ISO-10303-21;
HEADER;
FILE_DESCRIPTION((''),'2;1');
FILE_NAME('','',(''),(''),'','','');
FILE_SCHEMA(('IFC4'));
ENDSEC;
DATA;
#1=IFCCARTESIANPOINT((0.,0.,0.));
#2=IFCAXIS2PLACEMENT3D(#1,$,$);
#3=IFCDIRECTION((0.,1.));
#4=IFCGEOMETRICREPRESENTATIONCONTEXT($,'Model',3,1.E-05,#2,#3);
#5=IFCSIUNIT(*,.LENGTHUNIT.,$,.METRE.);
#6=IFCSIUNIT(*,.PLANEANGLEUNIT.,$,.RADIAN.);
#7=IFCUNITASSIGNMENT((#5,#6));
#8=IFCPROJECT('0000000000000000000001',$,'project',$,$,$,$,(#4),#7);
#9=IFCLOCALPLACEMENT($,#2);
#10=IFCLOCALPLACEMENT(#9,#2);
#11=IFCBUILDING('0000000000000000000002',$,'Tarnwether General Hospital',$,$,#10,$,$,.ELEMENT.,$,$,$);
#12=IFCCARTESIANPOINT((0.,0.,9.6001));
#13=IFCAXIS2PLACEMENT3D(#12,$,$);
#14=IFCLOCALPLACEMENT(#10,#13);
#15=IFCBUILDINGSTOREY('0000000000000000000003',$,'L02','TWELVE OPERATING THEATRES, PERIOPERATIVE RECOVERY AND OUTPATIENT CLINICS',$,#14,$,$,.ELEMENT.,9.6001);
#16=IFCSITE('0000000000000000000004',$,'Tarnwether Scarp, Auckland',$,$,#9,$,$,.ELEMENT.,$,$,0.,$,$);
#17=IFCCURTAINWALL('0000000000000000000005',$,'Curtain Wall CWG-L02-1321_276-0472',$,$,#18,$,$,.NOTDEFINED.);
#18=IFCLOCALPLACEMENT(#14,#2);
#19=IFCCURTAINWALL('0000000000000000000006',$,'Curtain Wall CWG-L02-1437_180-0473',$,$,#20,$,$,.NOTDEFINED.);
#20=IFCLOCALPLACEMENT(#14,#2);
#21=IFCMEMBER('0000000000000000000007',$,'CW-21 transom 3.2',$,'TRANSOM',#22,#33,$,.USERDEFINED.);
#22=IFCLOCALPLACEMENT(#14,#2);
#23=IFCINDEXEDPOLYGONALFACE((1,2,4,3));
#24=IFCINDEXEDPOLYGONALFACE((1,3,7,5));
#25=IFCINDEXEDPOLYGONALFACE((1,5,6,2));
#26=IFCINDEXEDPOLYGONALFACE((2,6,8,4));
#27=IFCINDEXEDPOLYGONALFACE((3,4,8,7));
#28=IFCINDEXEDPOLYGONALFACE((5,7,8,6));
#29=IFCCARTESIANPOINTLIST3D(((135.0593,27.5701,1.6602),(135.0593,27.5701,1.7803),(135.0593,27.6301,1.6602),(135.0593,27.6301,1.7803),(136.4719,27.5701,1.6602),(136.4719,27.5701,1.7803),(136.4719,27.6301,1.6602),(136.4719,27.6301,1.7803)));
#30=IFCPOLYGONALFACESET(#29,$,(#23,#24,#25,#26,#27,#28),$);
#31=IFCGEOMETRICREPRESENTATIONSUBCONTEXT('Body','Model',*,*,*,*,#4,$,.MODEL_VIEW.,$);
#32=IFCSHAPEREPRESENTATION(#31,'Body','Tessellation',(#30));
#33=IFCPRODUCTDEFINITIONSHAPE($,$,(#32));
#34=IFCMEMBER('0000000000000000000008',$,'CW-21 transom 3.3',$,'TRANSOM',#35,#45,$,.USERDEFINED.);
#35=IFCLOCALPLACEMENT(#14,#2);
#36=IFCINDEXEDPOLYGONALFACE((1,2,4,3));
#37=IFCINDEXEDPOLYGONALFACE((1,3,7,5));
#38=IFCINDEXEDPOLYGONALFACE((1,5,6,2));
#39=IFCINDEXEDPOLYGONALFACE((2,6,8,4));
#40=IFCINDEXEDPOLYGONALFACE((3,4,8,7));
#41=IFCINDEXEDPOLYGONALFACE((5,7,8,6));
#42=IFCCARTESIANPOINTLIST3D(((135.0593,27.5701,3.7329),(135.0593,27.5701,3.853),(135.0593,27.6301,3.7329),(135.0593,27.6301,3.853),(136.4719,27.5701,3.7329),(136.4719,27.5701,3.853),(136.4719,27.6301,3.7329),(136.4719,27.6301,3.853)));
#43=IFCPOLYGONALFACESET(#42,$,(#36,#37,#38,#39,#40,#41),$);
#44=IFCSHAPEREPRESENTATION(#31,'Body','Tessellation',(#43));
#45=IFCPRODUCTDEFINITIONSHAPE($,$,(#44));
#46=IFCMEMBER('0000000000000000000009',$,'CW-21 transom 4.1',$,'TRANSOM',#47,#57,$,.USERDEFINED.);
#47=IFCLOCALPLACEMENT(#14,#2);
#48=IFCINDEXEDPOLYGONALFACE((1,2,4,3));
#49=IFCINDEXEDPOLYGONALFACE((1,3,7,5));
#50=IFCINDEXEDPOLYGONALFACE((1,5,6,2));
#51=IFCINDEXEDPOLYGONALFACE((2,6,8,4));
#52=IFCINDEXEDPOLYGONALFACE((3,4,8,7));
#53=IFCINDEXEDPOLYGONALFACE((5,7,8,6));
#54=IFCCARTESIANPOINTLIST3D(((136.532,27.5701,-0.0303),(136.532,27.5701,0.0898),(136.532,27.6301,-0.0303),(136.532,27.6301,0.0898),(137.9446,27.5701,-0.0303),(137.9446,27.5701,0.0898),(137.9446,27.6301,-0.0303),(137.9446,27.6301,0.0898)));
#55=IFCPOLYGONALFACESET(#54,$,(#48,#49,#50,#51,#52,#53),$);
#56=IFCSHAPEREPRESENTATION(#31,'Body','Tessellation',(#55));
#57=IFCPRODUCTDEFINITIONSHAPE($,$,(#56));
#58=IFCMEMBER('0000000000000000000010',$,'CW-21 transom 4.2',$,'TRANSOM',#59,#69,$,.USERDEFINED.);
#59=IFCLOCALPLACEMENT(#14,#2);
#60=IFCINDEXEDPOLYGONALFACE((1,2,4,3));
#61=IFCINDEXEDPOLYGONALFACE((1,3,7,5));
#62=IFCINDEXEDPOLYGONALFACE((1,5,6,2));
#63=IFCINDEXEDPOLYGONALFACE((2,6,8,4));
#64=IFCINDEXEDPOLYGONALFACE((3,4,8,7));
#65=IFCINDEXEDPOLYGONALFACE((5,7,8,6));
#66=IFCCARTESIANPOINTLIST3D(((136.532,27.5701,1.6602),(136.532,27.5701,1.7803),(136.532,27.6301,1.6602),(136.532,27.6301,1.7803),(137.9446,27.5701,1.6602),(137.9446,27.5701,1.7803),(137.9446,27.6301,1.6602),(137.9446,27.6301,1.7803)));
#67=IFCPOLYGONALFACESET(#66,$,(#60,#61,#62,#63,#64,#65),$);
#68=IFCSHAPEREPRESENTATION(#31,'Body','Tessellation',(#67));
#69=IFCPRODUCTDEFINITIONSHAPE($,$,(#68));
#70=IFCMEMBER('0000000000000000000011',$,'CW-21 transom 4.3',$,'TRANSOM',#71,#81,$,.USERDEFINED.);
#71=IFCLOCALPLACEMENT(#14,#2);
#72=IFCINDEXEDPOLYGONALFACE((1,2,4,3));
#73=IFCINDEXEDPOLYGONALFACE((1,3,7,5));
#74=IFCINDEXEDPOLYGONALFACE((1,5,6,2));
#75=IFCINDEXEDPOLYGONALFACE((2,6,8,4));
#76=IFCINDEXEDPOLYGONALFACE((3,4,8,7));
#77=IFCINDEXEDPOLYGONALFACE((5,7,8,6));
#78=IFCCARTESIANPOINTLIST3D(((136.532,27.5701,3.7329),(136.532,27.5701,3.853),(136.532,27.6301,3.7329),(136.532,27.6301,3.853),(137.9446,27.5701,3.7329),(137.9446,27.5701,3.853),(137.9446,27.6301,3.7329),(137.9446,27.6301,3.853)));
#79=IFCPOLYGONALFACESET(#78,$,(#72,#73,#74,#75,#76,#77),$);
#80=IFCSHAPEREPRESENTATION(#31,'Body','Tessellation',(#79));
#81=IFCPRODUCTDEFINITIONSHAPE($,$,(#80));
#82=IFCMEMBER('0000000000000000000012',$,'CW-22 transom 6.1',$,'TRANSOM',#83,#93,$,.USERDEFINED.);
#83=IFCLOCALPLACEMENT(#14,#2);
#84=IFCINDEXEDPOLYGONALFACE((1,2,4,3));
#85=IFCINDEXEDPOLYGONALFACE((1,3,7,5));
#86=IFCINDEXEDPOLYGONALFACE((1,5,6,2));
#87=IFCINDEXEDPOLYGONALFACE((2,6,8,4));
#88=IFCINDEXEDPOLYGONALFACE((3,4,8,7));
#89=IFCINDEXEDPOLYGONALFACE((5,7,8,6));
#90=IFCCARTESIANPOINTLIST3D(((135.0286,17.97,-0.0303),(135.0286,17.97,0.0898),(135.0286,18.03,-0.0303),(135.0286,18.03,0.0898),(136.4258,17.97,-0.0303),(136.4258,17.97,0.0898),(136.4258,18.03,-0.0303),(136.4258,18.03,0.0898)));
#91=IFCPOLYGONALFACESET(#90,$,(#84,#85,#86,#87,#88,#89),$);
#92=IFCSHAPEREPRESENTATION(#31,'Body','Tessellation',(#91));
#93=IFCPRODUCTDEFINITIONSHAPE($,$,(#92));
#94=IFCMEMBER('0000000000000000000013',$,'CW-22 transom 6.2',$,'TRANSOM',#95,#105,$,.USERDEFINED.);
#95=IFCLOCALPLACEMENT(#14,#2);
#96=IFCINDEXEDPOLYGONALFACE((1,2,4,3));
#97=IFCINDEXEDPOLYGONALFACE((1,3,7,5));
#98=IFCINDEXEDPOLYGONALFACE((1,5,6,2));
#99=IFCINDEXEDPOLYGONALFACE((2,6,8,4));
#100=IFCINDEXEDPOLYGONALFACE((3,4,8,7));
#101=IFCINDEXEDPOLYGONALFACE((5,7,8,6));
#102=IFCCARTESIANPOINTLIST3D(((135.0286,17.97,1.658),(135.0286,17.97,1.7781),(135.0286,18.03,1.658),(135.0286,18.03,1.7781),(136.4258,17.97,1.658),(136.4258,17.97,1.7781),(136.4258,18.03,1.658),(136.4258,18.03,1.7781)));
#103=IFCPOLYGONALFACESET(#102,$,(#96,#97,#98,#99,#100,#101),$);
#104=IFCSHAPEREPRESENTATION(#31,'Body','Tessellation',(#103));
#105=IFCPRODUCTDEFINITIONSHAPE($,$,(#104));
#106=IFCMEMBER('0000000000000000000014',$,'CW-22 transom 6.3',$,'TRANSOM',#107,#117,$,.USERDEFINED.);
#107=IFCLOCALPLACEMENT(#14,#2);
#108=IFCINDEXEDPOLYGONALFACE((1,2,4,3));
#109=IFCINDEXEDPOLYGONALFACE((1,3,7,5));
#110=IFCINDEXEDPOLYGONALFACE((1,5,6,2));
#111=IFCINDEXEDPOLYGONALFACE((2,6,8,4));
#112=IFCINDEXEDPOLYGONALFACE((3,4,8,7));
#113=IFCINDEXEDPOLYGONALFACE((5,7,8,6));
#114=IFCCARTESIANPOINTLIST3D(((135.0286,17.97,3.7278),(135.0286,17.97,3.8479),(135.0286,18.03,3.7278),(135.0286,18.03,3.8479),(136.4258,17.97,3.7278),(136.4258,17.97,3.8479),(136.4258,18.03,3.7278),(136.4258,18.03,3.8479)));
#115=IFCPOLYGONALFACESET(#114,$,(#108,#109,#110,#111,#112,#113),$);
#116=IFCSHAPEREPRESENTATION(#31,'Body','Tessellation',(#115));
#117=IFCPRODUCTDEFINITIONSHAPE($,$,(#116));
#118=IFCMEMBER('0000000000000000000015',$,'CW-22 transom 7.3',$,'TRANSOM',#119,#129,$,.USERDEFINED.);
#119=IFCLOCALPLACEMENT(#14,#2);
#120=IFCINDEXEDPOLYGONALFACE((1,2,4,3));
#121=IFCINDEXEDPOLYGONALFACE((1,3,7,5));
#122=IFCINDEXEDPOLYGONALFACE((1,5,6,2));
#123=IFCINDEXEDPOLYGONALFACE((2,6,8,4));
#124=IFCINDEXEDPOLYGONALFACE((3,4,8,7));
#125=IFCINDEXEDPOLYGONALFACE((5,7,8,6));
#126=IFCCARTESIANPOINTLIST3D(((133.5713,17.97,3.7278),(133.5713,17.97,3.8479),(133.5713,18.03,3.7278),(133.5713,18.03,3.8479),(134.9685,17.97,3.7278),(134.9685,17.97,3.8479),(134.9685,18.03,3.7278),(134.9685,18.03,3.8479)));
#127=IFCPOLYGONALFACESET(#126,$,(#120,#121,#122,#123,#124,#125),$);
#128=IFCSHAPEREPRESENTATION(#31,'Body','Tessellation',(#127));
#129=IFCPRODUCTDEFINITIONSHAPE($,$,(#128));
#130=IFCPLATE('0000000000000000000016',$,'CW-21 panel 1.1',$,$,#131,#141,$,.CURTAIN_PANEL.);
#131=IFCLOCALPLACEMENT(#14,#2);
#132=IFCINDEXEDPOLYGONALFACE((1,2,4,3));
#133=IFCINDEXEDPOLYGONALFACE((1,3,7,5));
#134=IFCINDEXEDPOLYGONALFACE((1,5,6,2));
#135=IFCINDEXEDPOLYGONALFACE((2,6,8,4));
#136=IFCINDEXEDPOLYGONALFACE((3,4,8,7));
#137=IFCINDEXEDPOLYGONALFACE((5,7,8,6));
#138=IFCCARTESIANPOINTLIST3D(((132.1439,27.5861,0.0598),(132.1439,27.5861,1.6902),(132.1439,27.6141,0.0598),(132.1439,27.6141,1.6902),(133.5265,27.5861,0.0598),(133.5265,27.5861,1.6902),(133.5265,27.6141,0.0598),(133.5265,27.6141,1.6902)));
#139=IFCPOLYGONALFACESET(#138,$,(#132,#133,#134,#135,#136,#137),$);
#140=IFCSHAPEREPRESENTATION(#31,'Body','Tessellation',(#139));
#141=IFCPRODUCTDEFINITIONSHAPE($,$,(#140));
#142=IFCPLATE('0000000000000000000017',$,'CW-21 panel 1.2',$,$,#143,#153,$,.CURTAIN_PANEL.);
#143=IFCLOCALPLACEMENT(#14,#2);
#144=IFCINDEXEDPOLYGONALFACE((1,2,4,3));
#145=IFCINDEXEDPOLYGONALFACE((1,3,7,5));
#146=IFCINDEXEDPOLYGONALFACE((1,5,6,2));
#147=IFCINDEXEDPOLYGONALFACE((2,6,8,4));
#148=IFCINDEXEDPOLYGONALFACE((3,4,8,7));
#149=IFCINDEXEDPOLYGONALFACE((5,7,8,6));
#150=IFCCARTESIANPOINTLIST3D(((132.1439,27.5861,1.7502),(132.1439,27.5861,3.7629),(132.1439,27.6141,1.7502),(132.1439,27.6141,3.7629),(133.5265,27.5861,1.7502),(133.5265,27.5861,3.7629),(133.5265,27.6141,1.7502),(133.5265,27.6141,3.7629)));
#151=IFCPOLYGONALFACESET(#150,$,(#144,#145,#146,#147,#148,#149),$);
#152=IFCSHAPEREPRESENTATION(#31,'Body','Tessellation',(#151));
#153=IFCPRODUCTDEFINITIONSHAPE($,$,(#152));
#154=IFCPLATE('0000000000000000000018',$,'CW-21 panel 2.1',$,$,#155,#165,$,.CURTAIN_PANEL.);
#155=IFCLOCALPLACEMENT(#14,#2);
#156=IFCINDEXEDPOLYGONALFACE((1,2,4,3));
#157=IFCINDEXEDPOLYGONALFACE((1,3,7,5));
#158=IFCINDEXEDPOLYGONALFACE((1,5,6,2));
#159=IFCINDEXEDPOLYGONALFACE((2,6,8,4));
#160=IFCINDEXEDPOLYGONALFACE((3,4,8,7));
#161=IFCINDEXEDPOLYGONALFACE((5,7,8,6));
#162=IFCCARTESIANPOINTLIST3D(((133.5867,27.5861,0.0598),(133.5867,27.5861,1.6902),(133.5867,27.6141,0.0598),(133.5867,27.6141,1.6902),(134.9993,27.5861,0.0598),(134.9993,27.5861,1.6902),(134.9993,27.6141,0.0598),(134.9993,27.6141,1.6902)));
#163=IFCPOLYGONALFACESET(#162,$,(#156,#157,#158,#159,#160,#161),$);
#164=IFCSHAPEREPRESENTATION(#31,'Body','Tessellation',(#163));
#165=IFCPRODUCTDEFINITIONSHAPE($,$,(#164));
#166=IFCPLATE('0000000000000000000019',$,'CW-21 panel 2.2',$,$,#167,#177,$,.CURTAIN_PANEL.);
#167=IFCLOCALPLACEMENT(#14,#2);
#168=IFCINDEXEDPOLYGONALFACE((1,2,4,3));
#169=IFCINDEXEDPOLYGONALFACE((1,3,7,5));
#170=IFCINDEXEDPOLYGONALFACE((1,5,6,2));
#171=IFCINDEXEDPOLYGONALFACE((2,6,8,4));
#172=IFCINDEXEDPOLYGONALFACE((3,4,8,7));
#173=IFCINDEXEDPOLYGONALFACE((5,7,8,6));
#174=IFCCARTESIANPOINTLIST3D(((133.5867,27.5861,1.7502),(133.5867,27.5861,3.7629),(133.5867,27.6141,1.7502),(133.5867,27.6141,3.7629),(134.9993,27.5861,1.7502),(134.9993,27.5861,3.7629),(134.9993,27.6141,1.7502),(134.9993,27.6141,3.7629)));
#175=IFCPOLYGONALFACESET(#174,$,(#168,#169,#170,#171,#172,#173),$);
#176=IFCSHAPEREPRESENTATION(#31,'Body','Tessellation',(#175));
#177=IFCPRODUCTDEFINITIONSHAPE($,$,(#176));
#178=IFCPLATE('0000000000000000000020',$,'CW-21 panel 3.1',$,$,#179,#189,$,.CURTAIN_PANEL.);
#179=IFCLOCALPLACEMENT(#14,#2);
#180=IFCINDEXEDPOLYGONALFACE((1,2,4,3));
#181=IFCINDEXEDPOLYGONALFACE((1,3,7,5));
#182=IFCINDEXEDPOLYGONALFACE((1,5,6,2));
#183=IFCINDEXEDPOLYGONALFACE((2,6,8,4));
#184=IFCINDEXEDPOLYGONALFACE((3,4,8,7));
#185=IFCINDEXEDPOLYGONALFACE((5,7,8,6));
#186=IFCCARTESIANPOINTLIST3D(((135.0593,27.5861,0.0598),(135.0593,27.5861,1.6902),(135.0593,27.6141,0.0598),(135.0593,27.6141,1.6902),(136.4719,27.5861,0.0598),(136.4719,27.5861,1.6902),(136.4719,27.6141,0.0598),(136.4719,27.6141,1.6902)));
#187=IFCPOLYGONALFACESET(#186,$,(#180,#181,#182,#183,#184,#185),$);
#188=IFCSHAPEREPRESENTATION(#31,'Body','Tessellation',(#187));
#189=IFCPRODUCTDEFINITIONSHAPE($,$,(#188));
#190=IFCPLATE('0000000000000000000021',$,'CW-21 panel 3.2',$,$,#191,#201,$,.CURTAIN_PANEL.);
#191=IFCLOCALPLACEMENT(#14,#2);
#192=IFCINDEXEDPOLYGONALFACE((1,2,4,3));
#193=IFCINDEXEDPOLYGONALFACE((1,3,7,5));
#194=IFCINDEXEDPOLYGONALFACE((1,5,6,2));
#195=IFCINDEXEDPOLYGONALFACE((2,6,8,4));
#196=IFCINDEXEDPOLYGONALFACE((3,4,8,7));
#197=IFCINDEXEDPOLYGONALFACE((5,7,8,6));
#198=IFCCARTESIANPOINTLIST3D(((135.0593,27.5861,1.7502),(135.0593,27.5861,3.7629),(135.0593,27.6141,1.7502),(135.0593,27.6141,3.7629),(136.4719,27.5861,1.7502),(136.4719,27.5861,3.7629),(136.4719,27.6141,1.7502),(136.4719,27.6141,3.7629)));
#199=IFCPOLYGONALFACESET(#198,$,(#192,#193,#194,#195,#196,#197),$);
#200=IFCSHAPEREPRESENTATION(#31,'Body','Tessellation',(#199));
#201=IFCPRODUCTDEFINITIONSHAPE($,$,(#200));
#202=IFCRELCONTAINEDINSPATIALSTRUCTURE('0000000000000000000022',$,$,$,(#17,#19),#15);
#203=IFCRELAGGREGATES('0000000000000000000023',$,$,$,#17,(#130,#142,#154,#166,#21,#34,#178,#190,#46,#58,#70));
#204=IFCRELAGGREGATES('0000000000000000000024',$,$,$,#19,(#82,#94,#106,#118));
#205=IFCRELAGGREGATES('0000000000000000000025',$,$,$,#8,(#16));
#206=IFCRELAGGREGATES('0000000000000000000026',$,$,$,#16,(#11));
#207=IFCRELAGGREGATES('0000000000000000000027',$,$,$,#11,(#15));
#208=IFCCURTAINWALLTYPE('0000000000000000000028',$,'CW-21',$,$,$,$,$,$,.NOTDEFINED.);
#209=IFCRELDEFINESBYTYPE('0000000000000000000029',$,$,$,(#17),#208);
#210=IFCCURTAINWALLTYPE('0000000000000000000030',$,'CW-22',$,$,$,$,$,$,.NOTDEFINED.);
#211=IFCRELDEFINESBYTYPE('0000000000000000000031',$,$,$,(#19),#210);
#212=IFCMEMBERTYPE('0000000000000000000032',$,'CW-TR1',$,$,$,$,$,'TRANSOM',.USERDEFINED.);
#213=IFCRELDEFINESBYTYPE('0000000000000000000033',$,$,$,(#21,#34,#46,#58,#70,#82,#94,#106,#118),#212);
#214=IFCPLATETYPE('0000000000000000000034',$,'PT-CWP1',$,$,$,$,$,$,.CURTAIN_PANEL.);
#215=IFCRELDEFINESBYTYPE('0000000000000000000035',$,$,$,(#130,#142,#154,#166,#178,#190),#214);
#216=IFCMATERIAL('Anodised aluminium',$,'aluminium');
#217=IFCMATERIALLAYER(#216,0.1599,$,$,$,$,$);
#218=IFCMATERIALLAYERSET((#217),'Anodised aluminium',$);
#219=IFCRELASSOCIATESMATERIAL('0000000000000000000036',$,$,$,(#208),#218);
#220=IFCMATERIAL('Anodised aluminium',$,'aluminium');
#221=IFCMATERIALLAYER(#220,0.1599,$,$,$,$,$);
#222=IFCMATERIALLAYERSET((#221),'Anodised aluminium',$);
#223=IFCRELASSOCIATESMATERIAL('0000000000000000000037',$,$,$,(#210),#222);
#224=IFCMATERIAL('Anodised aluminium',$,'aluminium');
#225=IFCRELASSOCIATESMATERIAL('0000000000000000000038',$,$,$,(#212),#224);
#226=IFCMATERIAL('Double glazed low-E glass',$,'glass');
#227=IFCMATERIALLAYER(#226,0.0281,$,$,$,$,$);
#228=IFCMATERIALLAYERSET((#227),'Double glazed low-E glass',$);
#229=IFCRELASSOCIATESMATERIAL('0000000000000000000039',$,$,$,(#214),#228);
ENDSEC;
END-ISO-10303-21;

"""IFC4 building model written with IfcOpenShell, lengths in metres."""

from ifc_helpers import new_model, si_unit, direction, frame, origin, origin_2d, place, context, subcontext, project, spatial, rectangle, extrude, material, layer, layer_set, material_profile, profile_set, type_object, element, aggregate, save


model = new_model("IFC4")

# Units and contexts
model_context = context("Model", 3, precision=1e-05, world=origin(), true_north=direction((0.0, 1.0)))
body_context = subcontext(model_context, "Body", "Model", "MODEL_VIEW")
ifc_project = project(units=[si_unit("LENGTHUNIT", "METRE"), si_unit("PLANEANGLEUNIT", "RADIAN")], contexts=[model_context])

# Site, building, storey
site_placement = place(None, origin())
site = spatial("IfcSite", under=ifc_project, at=site_placement, Name="Tarnwether Scarp, Auckland", CompositionType="ELEMENT", RefElevation=0.0)
building_placement = place(site_placement, origin())
building = spatial("IfcBuilding", under=site, at=building_placement, Name="Tarnwether General Hospital", CompositionType="ELEMENT")
storey_placement = place(building_placement, frame((0.0, 0.0, 9.6001)))
storey = spatial("IfcBuildingStorey", under=building, at=storey_placement, Name="L02", Description="TWELVE OPERATING THEATRES, PERIOPERATIVE RECOVERY AND OUTPATIENT CLINICS", CompositionType="ELEMENT", Elevation=9.6001)

# Curtain walls
ifc_material_1 = material(Name="Anodised aluminium", Category="aluminium")
ifc_layer_1 = layer(ifc_material_1, 0.1599)
ifc_layer_set_1 = layer_set([ifc_layer_1], Name="Anodised aluminium")
curtain_wall_type_1 = type_object("IfcCurtainWallType", Name="CW-21", PredefinedType="NOTDEFINED", material=ifc_layer_set_1)
curtain_wall_1_placement = place(storey_placement, origin())
curtain_wall_1 = element("IfcCurtainWall", 1, at=curtain_wall_1_placement, inside=storey, type_object=curtain_wall_type_1, Name="Curtain Wall CWG-L02-1321_276-0472", PredefinedType="NOTDEFINED")
ifc_material_2 = material(Name="Anodised aluminium", Category="aluminium")
ifc_layer_2 = layer(ifc_material_2, 0.1599)
ifc_layer_set_2 = layer_set([ifc_layer_2], Name="Anodised aluminium")
curtain_wall_type_2 = type_object("IfcCurtainWallType", Name="CW-22", PredefinedType="NOTDEFINED", material=ifc_layer_set_2)
curtain_wall_2_placement = place(storey_placement, origin())
curtain_wall_2 = element("IfcCurtainWall", 2, at=curtain_wall_2_placement, inside=storey, type_object=curtain_wall_type_2, Name="Curtain Wall CWG-L02-1437_180-0473", PredefinedType="NOTDEFINED")

# Members
ifc_material_3 = material(Name="Anodised aluminium", Category="aluminium")
ifc_material_profile_1 = material_profile(ifc_material_3, rectangle(XDim=0.0601, YDim=0.1201, at=origin_2d()), Name="ALU-TRN-60x120")
ifc_profile_set_1 = profile_set([ifc_material_profile_1], Name="Anodised aluminium")
member_type_1 = type_object("IfcMemberType", Name="CW-TR1", ElementType="TRANSOM", PredefinedType="USERDEFINED", material=ifc_profile_set_1)
member_1_placement = place(storey_placement, frame((135.0593, 27.6001, 1.7202), z_axis=(1.0, 0.0, 0.0), x_axis=(0.0, 1.0, 0.0)))
member_1 = element("IfcMember", 3, at=member_1_placement, type_object=member_type_1, Name="CW-21 transom 3.2", ObjectType="TRANSOM", PredefinedType="USERDEFINED", context=body_context, shape_type="SweptSolid", body=[
    extrude(rectangle(XDim=0.0601, YDim=0.1201, at=origin_2d()), origin(), (0.0, 0.0, 1.0), 1.4126),
])
member_2_placement = place(storey_placement, frame((135.0593, 27.6001, 3.793), z_axis=(1.0, 0.0, 0.0), x_axis=(0.0, 1.0, 0.0)))
member_2 = element("IfcMember", 4, at=member_2_placement, type_object=member_type_1, Name="CW-21 transom 3.3", ObjectType="TRANSOM", PredefinedType="USERDEFINED", context=body_context, shape_type="SweptSolid", body=[
    extrude(rectangle(XDim=0.0601, YDim=0.1201, at=origin_2d()), origin(), (0.0, 0.0, 1.0), 1.4126),
])
member_3_placement = place(storey_placement, frame((136.532, 27.6001, 0.0298), z_axis=(1.0, 0.0, 0.0), x_axis=(0.0, 1.0, 0.0)))
member_3 = element("IfcMember", 5, at=member_3_placement, type_object=member_type_1, Name="CW-21 transom 4.1", ObjectType="TRANSOM", PredefinedType="USERDEFINED", context=body_context, shape_type="SweptSolid", body=[
    extrude(rectangle(XDim=0.0601, YDim=0.1201, at=origin_2d()), origin(), (0.0, 0.0, 1.0), 1.4126),
])
member_4_placement = place(storey_placement, frame((136.532, 27.6001, 1.7202), z_axis=(1.0, 0.0, 0.0), x_axis=(0.0, 1.0, 0.0)))
member_4 = element("IfcMember", 6, at=member_4_placement, type_object=member_type_1, Name="CW-21 transom 4.2", ObjectType="TRANSOM", PredefinedType="USERDEFINED", context=body_context, shape_type="SweptSolid", body=[
    extrude(rectangle(XDim=0.0601, YDim=0.1201, at=origin_2d()), origin(), (0.0, 0.0, 1.0), 1.4126),
])
member_5_placement = place(storey_placement, frame((136.532, 27.6001, 3.793), z_axis=(1.0, 0.0, 0.0), x_axis=(0.0, 1.0, 0.0)))
member_5 = element("IfcMember", 7, at=member_5_placement, type_object=member_type_1, Name="CW-21 transom 4.3", ObjectType="TRANSOM", PredefinedType="USERDEFINED", context=body_context, shape_type="SweptSolid", body=[
    extrude(rectangle(XDim=0.0601, YDim=0.1201, at=origin_2d()), origin(), (0.0, 0.0, 1.0), 1.4126),
])
member_6_placement = place(storey_placement, frame((136.4258, 18.0, 0.0298), z_axis=(-1.0, 0.0, 0.0), x_axis=(0.0, -1.0, 0.0)))
member_6 = element("IfcMember", 8, at=member_6_placement, type_object=member_type_1, Name="CW-22 transom 6.1", ObjectType="TRANSOM", PredefinedType="USERDEFINED", context=body_context, shape_type="SweptSolid", body=[
    extrude(rectangle(XDim=0.0601, YDim=0.1201, at=origin_2d()), origin(), (0.0, 0.0, 1.0), 1.3972),
])
member_7_placement = place(storey_placement, frame((136.4258, 18.0, 1.718), z_axis=(-1.0, 0.0, 0.0), x_axis=(0.0, -1.0, 0.0)))
member_7 = element("IfcMember", 9, at=member_7_placement, type_object=member_type_1, Name="CW-22 transom 6.2", ObjectType="TRANSOM", PredefinedType="USERDEFINED", context=body_context, shape_type="SweptSolid", body=[
    extrude(rectangle(XDim=0.0601, YDim=0.1201, at=origin_2d()), origin(), (0.0, 0.0, 1.0), 1.3972),
])
member_8_placement = place(storey_placement, frame((136.4258, 18.0, 3.7878), z_axis=(-1.0, 0.0, 0.0), x_axis=(0.0, -1.0, 0.0)))
member_8 = element("IfcMember", 10, at=member_8_placement, type_object=member_type_1, Name="CW-22 transom 6.3", ObjectType="TRANSOM", PredefinedType="USERDEFINED", context=body_context, shape_type="SweptSolid", body=[
    extrude(rectangle(XDim=0.0601, YDim=0.1201, at=origin_2d()), origin(), (0.0, 0.0, 1.0), 1.3972),
])
member_9_placement = place(storey_placement, frame((134.9685, 18.0, 3.7878), z_axis=(-1.0, 0.0, 0.0), x_axis=(0.0, -1.0, 0.0)))
member_9 = element("IfcMember", 11, at=member_9_placement, type_object=member_type_1, Name="CW-22 transom 7.3", ObjectType="TRANSOM", PredefinedType="USERDEFINED", context=body_context, shape_type="SweptSolid", body=[
    extrude(rectangle(XDim=0.0601, YDim=0.1201, at=origin_2d()), origin(), (0.0, 0.0, 1.0), 1.3972),
])

# Plates
ifc_material_4 = material(Name="Double glazed low-E glass", Category="glass")
ifc_layer_3 = layer(ifc_material_4, 0.0281)
ifc_layer_set_3 = layer_set([ifc_layer_3], Name="Double glazed low-E glass")
plate_type = type_object("IfcPlateType", Name="PT-CWP1", PredefinedType="CURTAIN_PANEL", material=ifc_layer_set_3)
plate_1_placement = place(storey_placement, frame((132.8352, 27.6001, 0.0598), z_axis=(0.0, 0.0, 1.0), x_axis=(1.0, 0.0, 0.0)))
plate_1 = element("IfcPlate", 12, at=plate_1_placement, type_object=plate_type, Name="CW-21 panel 1.1", PredefinedType="CURTAIN_PANEL", context=body_context, shape_type="SweptSolid", body=[
    extrude(rectangle(XDim=1.3826, YDim=0.0281, at=origin_2d()), origin(), (0.0, 0.0, 1.0), 1.6304),
])
plate_2_placement = place(storey_placement, frame((132.8352, 27.6001, 1.7502), z_axis=(0.0, 0.0, 1.0), x_axis=(1.0, 0.0, 0.0)))
plate_2 = element("IfcPlate", 13, at=plate_2_placement, type_object=plate_type, Name="CW-21 panel 1.2", PredefinedType="CURTAIN_PANEL", context=body_context, shape_type="SweptSolid", body=[
    extrude(rectangle(XDim=1.3826, YDim=0.0281, at=origin_2d()), origin(), (0.0, 0.0, 1.0), 2.0127),
])
plate_3_placement = place(storey_placement, frame((134.293, 27.6001, 0.0598), z_axis=(0.0, 0.0, 1.0), x_axis=(1.0, 0.0, 0.0)))
plate_3 = element("IfcPlate", 14, at=plate_3_placement, type_object=plate_type, Name="CW-21 panel 2.1", PredefinedType="CURTAIN_PANEL", context=body_context, shape_type="SweptSolid", body=[
    extrude(rectangle(XDim=1.4126, YDim=0.0281, at=origin_2d()), origin(), (0.0, 0.0, 1.0), 1.6304),
])
plate_4_placement = place(storey_placement, frame((134.293, 27.6001, 1.7502), z_axis=(0.0, 0.0, 1.0), x_axis=(1.0, 0.0, 0.0)))
plate_4 = element("IfcPlate", 15, at=plate_4_placement, type_object=plate_type, Name="CW-21 panel 2.2", PredefinedType="CURTAIN_PANEL", context=body_context, shape_type="SweptSolid", body=[
    extrude(rectangle(XDim=1.4126, YDim=0.0281, at=origin_2d()), origin(), (0.0, 0.0, 1.0), 2.0127),
])
plate_5_placement = place(storey_placement, frame((135.7656, 27.6001, 0.0598), z_axis=(0.0, 0.0, 1.0), x_axis=(1.0, 0.0, 0.0)))
plate_5 = element("IfcPlate", 16, at=plate_5_placement, type_object=plate_type, Name="CW-21 panel 3.1", PredefinedType="CURTAIN_PANEL", context=body_context, shape_type="SweptSolid", body=[
    extrude(rectangle(XDim=1.4126, YDim=0.0281, at=origin_2d()), origin(), (0.0, 0.0, 1.0), 1.6304),
])
plate_6_placement = place(storey_placement, frame((135.7656, 27.6001, 1.7502), z_axis=(0.0, 0.0, 1.0), x_axis=(1.0, 0.0, 0.0)))
plate_6 = element("IfcPlate", 17, at=plate_6_placement, type_object=plate_type, Name="CW-21 panel 3.2", PredefinedType="CURTAIN_PANEL", context=body_context, shape_type="SweptSolid", body=[
    extrude(rectangle(XDim=1.4126, YDim=0.0281, at=origin_2d()), origin(), (0.0, 0.0, 1.0), 2.0127),
])
aggregate(curtain_wall_1, [plate_1, plate_2, plate_3, plate_4, member_1, member_2, plate_5, plate_6, member_3, member_4, member_5])
aggregate(curtain_wall_2, [member_6, member_7, member_8, member_9])

save(model, "model.ifc")
